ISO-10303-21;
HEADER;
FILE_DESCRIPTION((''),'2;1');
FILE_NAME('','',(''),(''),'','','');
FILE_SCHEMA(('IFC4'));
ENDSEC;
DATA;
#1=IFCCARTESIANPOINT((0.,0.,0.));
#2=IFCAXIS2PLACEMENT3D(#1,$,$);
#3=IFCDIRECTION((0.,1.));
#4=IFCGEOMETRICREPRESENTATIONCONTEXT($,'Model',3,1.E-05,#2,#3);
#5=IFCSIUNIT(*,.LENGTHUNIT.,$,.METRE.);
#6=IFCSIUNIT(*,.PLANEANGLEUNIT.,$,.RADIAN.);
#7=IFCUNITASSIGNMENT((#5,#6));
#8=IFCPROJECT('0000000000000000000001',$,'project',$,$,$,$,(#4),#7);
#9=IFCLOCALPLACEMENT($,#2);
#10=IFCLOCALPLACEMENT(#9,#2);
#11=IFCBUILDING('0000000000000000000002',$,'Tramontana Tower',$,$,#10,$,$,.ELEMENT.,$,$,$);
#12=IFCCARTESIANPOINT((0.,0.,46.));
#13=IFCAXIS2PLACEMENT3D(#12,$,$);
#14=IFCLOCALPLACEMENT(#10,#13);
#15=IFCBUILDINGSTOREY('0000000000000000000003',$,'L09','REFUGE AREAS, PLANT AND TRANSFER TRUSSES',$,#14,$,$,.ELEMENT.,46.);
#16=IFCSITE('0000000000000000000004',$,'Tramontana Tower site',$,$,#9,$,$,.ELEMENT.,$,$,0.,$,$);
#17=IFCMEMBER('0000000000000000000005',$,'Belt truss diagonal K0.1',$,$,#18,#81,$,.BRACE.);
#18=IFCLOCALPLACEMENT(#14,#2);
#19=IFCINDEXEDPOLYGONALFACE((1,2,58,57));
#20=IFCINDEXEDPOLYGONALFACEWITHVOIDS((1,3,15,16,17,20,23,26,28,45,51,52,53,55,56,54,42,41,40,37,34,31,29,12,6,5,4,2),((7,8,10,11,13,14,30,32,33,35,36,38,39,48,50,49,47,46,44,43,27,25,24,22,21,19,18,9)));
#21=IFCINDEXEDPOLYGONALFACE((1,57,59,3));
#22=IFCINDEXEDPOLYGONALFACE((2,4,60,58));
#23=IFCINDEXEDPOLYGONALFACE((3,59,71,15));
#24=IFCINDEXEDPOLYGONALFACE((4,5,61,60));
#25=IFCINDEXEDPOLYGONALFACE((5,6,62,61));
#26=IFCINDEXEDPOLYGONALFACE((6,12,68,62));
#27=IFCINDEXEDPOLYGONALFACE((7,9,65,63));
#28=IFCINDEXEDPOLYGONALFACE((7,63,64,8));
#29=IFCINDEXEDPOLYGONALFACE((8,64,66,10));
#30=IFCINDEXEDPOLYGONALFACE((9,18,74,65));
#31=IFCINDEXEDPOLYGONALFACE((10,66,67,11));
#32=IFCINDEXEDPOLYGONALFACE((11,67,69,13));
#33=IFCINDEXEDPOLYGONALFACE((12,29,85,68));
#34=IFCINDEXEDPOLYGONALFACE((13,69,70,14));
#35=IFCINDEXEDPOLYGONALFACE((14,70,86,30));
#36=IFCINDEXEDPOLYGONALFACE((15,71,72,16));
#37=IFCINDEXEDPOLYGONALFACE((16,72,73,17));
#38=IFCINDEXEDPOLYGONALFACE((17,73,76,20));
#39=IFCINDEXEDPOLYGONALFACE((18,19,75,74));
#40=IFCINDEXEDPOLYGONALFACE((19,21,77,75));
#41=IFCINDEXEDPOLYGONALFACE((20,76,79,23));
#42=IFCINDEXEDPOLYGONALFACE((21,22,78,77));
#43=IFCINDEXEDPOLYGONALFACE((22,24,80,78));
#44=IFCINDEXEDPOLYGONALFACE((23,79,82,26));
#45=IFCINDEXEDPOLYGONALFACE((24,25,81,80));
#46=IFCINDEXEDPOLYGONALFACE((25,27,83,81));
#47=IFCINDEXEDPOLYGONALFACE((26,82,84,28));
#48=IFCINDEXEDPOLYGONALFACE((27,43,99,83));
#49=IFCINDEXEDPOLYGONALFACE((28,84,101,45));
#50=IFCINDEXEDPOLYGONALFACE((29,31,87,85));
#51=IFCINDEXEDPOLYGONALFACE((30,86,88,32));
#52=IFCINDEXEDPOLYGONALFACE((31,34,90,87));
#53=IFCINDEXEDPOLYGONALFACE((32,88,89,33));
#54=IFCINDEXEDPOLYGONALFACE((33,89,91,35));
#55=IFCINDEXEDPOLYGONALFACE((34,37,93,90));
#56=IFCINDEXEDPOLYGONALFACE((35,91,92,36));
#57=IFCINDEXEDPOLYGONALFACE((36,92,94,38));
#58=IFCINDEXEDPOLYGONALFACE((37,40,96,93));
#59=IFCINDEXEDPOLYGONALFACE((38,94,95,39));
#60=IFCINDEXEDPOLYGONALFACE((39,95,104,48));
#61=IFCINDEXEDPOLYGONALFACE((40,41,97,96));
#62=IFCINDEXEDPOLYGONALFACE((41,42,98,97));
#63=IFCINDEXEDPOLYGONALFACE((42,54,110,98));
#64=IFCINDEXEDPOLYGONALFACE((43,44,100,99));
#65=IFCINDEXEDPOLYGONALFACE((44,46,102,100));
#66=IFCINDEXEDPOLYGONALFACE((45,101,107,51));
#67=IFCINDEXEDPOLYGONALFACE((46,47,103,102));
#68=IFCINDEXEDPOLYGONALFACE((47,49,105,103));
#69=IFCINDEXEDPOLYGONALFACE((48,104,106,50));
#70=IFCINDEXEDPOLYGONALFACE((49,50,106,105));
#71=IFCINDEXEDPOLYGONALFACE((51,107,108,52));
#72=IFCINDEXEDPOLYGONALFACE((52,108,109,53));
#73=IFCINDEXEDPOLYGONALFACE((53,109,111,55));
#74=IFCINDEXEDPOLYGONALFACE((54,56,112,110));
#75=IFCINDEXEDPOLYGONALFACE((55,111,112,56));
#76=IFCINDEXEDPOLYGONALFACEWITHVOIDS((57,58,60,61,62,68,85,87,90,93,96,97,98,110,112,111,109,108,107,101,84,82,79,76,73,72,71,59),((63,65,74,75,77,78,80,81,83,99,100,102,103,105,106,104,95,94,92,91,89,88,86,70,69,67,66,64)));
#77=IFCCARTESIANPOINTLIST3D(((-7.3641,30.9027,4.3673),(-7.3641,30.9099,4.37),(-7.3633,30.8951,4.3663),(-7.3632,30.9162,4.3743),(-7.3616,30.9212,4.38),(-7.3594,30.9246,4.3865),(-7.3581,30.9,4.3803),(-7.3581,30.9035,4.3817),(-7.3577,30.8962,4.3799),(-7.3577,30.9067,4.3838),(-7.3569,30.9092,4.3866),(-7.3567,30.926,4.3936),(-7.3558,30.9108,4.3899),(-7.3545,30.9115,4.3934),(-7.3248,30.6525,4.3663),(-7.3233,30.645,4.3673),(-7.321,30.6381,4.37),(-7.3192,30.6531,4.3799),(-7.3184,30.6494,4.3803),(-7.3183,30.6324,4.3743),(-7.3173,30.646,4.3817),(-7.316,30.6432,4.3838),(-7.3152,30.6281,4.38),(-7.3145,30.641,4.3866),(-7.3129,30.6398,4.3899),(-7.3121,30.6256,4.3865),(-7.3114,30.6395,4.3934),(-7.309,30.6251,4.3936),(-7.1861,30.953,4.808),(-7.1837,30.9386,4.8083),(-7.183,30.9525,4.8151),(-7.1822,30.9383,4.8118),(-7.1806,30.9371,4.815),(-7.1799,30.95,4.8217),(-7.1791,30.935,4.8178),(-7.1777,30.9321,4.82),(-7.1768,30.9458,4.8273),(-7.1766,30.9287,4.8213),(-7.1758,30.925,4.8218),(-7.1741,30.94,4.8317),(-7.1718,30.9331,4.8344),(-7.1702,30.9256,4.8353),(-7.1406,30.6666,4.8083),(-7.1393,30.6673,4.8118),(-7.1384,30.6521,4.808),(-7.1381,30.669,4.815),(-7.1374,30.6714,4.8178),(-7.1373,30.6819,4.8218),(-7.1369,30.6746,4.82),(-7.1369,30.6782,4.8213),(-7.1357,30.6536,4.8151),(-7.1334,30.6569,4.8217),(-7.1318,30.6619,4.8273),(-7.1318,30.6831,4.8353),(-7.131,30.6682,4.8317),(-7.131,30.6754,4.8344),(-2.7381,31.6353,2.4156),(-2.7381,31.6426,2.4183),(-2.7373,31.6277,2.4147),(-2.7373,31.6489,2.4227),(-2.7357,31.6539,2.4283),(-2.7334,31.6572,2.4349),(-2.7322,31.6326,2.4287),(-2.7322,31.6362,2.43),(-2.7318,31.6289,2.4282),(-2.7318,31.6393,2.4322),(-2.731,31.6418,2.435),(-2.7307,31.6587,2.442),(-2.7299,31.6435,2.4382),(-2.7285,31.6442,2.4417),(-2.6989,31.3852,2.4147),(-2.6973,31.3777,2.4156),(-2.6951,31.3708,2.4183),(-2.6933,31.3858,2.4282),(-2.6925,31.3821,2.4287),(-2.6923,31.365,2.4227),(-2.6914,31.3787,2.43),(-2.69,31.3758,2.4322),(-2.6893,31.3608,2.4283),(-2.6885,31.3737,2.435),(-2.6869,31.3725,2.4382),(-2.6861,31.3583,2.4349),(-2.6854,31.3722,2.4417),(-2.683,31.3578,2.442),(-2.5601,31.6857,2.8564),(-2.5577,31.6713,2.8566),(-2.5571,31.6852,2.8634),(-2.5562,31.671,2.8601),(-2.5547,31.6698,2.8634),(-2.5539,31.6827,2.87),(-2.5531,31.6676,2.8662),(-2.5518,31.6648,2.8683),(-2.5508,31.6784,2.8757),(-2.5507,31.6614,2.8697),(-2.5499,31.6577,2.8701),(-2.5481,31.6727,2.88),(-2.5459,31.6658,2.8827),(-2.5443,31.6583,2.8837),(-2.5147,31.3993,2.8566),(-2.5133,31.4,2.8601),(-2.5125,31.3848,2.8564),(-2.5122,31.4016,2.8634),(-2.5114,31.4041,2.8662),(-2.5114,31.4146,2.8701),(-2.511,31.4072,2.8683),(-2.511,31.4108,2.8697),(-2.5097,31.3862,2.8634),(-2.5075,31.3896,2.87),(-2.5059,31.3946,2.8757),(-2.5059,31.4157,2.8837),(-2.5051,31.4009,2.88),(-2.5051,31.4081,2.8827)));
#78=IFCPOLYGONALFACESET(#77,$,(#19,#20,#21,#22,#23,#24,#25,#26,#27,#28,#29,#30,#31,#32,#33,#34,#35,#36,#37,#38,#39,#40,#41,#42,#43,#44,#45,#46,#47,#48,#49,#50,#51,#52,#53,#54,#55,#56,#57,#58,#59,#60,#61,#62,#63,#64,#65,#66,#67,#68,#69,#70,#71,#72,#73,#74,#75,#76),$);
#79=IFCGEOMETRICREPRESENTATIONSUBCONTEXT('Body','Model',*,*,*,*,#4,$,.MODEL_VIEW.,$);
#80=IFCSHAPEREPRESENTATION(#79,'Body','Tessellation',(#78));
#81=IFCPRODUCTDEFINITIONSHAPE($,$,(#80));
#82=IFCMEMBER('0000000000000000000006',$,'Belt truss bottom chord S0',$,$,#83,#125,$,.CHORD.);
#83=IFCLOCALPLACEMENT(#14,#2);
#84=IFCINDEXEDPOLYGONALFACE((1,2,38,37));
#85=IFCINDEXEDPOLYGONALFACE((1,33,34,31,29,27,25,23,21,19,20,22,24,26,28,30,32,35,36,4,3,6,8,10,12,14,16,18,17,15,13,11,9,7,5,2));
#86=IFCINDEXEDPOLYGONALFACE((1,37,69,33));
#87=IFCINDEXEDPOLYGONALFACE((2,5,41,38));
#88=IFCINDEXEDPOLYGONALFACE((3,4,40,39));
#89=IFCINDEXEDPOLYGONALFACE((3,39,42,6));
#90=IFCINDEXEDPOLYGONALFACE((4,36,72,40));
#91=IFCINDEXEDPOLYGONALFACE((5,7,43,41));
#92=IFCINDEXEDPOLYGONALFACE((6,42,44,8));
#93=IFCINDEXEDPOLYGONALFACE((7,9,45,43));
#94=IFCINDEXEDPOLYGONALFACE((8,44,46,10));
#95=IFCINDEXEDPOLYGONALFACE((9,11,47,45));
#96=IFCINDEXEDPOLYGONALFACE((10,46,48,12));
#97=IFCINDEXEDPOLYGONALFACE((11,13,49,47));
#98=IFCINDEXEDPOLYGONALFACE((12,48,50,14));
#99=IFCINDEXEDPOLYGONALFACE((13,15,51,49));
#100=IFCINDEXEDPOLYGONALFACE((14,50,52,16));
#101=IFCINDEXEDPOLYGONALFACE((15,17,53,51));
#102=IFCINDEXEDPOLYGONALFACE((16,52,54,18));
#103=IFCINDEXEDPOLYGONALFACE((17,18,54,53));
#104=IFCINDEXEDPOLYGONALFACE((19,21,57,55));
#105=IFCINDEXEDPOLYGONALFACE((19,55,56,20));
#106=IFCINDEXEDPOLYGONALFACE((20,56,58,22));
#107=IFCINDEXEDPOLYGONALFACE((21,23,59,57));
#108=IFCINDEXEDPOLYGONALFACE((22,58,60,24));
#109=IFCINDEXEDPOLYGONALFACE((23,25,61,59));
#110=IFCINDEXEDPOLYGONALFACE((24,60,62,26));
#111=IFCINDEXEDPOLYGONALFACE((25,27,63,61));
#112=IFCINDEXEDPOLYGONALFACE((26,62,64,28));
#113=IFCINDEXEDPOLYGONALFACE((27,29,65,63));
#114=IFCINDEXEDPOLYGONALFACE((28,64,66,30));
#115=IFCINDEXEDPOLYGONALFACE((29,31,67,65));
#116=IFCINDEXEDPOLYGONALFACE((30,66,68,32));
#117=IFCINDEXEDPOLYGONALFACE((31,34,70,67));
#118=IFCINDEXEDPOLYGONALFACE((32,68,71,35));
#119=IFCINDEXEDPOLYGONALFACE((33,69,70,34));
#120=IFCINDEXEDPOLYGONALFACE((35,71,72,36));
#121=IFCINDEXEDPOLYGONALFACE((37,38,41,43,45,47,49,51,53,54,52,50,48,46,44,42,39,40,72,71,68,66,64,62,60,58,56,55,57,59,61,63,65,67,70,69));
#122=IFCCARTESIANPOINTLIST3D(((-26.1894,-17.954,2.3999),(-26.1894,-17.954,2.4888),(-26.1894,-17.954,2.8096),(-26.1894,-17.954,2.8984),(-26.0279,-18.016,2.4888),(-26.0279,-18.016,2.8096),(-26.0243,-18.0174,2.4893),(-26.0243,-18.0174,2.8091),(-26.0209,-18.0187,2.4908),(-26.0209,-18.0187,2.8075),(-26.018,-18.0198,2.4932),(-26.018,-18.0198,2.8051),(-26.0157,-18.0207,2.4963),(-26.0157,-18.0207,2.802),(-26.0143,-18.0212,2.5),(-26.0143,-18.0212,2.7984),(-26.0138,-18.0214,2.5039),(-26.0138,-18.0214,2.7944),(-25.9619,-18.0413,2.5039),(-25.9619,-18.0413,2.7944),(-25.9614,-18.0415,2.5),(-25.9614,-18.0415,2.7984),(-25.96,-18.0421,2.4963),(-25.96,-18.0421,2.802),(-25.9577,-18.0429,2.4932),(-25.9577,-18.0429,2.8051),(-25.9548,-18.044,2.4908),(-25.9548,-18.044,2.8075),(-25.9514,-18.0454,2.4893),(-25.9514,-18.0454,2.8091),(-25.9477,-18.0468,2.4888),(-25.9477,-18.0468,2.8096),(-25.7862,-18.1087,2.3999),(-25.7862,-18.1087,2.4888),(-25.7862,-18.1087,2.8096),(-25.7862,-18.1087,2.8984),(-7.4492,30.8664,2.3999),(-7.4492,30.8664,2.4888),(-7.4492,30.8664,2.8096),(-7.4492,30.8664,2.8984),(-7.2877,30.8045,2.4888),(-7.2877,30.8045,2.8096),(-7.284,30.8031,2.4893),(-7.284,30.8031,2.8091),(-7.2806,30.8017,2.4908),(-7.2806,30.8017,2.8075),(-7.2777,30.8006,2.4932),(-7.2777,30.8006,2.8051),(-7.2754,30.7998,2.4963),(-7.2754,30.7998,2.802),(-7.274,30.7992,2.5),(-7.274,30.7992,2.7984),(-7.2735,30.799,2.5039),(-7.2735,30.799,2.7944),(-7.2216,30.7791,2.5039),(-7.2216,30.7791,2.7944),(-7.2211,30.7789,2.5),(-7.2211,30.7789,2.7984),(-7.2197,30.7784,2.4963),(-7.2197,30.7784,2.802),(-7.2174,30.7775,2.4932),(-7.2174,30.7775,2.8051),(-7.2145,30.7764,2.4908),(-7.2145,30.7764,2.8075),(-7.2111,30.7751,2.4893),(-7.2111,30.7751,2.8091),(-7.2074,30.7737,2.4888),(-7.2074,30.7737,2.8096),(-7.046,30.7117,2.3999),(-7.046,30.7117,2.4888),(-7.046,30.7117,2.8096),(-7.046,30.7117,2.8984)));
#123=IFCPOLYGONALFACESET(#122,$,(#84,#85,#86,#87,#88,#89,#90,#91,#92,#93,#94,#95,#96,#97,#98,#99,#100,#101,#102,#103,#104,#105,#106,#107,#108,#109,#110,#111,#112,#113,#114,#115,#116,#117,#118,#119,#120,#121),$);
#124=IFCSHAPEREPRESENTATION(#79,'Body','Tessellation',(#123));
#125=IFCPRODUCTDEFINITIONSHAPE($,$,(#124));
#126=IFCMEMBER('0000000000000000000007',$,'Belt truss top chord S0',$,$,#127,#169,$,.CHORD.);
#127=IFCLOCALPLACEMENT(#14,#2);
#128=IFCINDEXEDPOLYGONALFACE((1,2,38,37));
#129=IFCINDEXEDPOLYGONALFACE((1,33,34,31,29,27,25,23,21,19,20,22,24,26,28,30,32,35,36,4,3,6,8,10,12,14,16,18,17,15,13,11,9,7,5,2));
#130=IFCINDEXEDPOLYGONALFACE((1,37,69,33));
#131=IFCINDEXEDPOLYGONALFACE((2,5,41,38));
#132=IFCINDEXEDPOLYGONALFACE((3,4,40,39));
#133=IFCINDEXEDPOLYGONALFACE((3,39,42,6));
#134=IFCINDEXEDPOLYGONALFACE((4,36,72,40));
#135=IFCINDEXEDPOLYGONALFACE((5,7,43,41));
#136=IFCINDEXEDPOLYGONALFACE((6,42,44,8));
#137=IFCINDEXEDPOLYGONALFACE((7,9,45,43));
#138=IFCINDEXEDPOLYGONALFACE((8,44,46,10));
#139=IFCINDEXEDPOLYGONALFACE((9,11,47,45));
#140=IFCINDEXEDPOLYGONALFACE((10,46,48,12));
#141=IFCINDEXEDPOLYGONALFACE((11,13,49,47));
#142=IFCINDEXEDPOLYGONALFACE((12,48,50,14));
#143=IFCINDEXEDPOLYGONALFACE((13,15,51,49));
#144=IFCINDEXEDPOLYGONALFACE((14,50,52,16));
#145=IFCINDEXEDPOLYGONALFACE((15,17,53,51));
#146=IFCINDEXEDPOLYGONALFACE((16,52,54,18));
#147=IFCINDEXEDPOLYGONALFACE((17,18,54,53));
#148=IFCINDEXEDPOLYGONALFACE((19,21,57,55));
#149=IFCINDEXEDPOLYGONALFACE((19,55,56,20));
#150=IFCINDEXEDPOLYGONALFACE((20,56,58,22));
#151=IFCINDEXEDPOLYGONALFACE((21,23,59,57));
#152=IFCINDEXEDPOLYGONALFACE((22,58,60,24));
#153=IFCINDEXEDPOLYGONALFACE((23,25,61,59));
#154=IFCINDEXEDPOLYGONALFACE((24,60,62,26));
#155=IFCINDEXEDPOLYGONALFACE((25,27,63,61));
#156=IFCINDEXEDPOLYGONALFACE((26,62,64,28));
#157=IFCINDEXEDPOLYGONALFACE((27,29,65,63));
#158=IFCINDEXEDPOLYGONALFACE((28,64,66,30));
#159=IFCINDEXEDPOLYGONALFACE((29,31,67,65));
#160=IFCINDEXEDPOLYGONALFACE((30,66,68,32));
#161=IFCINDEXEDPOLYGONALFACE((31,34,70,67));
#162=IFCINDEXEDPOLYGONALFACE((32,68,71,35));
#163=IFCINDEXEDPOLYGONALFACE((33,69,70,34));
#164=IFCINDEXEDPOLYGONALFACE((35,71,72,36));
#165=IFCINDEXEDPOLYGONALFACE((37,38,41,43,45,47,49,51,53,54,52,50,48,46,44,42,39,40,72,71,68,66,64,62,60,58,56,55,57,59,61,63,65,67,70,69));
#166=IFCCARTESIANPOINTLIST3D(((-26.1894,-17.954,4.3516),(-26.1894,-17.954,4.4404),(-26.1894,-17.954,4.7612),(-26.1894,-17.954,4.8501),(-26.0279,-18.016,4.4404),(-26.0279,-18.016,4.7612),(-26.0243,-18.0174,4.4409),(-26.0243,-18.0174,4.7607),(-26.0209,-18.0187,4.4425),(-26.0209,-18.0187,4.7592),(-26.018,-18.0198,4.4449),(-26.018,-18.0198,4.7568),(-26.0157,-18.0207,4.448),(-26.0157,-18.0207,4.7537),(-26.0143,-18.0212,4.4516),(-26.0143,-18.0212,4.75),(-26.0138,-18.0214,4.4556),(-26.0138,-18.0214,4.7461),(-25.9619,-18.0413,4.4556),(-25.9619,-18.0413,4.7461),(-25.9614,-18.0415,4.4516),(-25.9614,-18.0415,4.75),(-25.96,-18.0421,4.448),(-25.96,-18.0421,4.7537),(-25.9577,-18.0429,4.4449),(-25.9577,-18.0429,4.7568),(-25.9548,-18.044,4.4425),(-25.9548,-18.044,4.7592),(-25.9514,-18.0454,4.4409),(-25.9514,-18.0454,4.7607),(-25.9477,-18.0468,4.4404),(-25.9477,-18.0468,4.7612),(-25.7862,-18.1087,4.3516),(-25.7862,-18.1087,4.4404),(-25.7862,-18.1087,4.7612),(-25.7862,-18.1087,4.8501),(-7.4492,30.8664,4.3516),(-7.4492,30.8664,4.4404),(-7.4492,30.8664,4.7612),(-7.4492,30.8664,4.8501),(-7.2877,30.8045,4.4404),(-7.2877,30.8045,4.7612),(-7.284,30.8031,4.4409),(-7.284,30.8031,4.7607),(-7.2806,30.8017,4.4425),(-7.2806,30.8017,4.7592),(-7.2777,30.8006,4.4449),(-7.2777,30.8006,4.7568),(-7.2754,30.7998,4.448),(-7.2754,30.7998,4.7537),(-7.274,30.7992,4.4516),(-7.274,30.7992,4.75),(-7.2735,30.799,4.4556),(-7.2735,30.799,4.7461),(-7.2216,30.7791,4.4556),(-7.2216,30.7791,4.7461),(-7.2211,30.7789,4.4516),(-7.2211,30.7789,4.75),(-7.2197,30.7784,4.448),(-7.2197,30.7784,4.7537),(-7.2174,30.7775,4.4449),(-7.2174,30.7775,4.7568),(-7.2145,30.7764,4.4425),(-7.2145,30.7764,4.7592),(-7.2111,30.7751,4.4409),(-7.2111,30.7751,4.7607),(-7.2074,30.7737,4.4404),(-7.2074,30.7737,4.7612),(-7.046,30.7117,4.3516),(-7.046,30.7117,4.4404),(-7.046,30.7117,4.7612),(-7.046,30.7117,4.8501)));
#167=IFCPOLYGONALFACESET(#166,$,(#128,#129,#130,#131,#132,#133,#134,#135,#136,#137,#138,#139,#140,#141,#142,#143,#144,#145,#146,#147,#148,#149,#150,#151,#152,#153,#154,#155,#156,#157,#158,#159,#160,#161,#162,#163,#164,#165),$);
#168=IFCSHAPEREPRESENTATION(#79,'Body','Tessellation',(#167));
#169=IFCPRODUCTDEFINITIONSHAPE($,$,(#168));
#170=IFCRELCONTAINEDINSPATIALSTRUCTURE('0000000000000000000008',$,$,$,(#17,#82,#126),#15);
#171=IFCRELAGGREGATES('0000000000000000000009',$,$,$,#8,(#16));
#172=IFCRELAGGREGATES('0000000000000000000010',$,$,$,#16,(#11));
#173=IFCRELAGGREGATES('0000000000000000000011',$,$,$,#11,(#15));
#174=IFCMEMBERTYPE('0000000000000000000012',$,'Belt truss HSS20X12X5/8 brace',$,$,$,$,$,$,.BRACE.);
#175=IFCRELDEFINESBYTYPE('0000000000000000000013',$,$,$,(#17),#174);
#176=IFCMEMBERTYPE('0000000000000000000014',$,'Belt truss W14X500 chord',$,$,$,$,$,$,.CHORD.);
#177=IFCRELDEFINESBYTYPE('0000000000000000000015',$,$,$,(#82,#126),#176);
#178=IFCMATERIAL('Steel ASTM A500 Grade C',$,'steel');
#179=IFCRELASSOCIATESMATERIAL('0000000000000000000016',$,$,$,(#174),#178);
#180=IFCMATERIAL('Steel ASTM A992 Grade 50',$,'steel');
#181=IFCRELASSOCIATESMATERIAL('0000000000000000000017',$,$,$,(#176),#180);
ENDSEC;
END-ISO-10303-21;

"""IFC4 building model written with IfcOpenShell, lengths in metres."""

from ifc_helpers import new_model, si_unit, direction, frame, origin, origin_2d, place, context, subcontext, project, spatial, hollow_rectangle, i_section, extrude, material, material_profile, profile_set, type_object, element, save


model = new_model("IFC4")

# Units and contexts
model_context = context("Model", 3, precision=1e-05, world=origin(), true_north=direction((0.0, 1.0)))
body_context = subcontext(model_context, "Body", "Model", "MODEL_VIEW")
ifc_project = project(units=[si_unit("LENGTHUNIT", "METRE"), si_unit("PLANEANGLEUNIT", "RADIAN")], contexts=[model_context])

# Site, building, storey
site_placement = place(None, origin())
site = spatial("IfcSite", under=ifc_project, at=site_placement, Name="Tramontana Tower site", CompositionType="ELEMENT", RefElevation=0.0)
building_placement = place(site_placement, origin())
building = spatial("IfcBuilding", under=site, at=building_placement, Name="Tramontana Tower", CompositionType="ELEMENT")
storey_placement = place(building_placement, frame((0.0, 0.0, 46.0)))
storey = spatial("IfcBuildingStorey", under=building, at=storey_placement, Name="L09", Description="REFUGE AREAS, PLANT AND TRANSFER TRUSSES", CompositionType="ELEMENT", Elevation=46.0)

# Members
ifc_material_1 = material(Name="Steel ASTM A500 Grade C", Category="steel")
ifc_material_profile_1 = material_profile(ifc_material_1, hollow_rectangle(XDim=0.3047, YDim=0.5081, WallThickness=0.0146, InnerFilletRadius=0.0146, OuterFilletRadius=0.0295, at=origin_2d()), Name="HSS20X12X5/8")
ifc_profile_set_1 = profile_set([ifc_material_profile_1], Name="Steel ASTM A500 Grade C")
member_type_1 = type_object("IfcMemberType", Name="Belt truss HSS20X12X5/8 brace", PredefinedType="BRACE", material=ifc_profile_set_1)
member_1_placement = place(storey_placement, frame((-2.6216, 31.5217, 2.6492), z_axis=(-0.911703, -0.144396, 0.38464), x_axis=(0.156431, -0.987689, 0.0)))
element("IfcMember", 1, at=member_1_placement, inside=storey, type_object=member_type_1, Name="Belt truss diagonal K0.1", PredefinedType="BRACE", context=body_context, shape_type="SweptSolid", body=[
    extrude(hollow_rectangle(XDim=0.3047, YDim=0.5081, WallThickness=0.0146, InnerFilletRadius=0.0146, OuterFilletRadius=0.0295, at=origin_2d()), origin(), (0.0, 0.0, 1.0), 5.074),
])
ifc_material_2 = material(Name="Steel ASTM A992 Grade 50", Category="steel")
ifc_material_profile_2 = material_profile(ifc_material_2, i_section(OverallWidth=0.4319, OverallDepth=0.4985, WebThickness=0.0557, FlangeThickness=0.0889, FilletRadius=0.0151, at=origin_2d()), Name="W14X500")
ifc_profile_set_2 = profile_set([ifc_material_profile_2], Name="Steel ASTM A992 Grade 50")
member_type_2 = type_object("IfcMemberType", Name="Belt truss W14X500 chord", PredefinedType="CHORD", material=ifc_profile_set_2)
for number, where, z_axis, x_axis, name in (
    (2, (-7.2476, 30.7891, 2.6492), (-0.358366, -0.933581, 0.0), (0.933581, -0.358366, 0.0), "Belt truss bottom chord S0"),
    (3, (-7.2476, 30.7891, 4.6008), (-0.358366, -0.933581, 0.0), (0.933581, -0.358366, 0.0), "Belt truss top chord S0"),
):
    element("IfcMember", number, at=place(storey_placement, frame(where, z_axis=z_axis, x_axis=x_axis)), inside=storey, type_object=member_type_2, Name=name, PredefinedType="CHORD", context=body_context, shape_type="SweptSolid", body=[
        extrude(i_section(OverallWidth=0.4319, OverallDepth=0.4985, WebThickness=0.0557, FlangeThickness=0.0889, FilletRadius=0.0151, at=origin_2d()), origin(), (0.0, 0.0, 1.0), 52.2937),
    ])

save(model, "model.ifc")
